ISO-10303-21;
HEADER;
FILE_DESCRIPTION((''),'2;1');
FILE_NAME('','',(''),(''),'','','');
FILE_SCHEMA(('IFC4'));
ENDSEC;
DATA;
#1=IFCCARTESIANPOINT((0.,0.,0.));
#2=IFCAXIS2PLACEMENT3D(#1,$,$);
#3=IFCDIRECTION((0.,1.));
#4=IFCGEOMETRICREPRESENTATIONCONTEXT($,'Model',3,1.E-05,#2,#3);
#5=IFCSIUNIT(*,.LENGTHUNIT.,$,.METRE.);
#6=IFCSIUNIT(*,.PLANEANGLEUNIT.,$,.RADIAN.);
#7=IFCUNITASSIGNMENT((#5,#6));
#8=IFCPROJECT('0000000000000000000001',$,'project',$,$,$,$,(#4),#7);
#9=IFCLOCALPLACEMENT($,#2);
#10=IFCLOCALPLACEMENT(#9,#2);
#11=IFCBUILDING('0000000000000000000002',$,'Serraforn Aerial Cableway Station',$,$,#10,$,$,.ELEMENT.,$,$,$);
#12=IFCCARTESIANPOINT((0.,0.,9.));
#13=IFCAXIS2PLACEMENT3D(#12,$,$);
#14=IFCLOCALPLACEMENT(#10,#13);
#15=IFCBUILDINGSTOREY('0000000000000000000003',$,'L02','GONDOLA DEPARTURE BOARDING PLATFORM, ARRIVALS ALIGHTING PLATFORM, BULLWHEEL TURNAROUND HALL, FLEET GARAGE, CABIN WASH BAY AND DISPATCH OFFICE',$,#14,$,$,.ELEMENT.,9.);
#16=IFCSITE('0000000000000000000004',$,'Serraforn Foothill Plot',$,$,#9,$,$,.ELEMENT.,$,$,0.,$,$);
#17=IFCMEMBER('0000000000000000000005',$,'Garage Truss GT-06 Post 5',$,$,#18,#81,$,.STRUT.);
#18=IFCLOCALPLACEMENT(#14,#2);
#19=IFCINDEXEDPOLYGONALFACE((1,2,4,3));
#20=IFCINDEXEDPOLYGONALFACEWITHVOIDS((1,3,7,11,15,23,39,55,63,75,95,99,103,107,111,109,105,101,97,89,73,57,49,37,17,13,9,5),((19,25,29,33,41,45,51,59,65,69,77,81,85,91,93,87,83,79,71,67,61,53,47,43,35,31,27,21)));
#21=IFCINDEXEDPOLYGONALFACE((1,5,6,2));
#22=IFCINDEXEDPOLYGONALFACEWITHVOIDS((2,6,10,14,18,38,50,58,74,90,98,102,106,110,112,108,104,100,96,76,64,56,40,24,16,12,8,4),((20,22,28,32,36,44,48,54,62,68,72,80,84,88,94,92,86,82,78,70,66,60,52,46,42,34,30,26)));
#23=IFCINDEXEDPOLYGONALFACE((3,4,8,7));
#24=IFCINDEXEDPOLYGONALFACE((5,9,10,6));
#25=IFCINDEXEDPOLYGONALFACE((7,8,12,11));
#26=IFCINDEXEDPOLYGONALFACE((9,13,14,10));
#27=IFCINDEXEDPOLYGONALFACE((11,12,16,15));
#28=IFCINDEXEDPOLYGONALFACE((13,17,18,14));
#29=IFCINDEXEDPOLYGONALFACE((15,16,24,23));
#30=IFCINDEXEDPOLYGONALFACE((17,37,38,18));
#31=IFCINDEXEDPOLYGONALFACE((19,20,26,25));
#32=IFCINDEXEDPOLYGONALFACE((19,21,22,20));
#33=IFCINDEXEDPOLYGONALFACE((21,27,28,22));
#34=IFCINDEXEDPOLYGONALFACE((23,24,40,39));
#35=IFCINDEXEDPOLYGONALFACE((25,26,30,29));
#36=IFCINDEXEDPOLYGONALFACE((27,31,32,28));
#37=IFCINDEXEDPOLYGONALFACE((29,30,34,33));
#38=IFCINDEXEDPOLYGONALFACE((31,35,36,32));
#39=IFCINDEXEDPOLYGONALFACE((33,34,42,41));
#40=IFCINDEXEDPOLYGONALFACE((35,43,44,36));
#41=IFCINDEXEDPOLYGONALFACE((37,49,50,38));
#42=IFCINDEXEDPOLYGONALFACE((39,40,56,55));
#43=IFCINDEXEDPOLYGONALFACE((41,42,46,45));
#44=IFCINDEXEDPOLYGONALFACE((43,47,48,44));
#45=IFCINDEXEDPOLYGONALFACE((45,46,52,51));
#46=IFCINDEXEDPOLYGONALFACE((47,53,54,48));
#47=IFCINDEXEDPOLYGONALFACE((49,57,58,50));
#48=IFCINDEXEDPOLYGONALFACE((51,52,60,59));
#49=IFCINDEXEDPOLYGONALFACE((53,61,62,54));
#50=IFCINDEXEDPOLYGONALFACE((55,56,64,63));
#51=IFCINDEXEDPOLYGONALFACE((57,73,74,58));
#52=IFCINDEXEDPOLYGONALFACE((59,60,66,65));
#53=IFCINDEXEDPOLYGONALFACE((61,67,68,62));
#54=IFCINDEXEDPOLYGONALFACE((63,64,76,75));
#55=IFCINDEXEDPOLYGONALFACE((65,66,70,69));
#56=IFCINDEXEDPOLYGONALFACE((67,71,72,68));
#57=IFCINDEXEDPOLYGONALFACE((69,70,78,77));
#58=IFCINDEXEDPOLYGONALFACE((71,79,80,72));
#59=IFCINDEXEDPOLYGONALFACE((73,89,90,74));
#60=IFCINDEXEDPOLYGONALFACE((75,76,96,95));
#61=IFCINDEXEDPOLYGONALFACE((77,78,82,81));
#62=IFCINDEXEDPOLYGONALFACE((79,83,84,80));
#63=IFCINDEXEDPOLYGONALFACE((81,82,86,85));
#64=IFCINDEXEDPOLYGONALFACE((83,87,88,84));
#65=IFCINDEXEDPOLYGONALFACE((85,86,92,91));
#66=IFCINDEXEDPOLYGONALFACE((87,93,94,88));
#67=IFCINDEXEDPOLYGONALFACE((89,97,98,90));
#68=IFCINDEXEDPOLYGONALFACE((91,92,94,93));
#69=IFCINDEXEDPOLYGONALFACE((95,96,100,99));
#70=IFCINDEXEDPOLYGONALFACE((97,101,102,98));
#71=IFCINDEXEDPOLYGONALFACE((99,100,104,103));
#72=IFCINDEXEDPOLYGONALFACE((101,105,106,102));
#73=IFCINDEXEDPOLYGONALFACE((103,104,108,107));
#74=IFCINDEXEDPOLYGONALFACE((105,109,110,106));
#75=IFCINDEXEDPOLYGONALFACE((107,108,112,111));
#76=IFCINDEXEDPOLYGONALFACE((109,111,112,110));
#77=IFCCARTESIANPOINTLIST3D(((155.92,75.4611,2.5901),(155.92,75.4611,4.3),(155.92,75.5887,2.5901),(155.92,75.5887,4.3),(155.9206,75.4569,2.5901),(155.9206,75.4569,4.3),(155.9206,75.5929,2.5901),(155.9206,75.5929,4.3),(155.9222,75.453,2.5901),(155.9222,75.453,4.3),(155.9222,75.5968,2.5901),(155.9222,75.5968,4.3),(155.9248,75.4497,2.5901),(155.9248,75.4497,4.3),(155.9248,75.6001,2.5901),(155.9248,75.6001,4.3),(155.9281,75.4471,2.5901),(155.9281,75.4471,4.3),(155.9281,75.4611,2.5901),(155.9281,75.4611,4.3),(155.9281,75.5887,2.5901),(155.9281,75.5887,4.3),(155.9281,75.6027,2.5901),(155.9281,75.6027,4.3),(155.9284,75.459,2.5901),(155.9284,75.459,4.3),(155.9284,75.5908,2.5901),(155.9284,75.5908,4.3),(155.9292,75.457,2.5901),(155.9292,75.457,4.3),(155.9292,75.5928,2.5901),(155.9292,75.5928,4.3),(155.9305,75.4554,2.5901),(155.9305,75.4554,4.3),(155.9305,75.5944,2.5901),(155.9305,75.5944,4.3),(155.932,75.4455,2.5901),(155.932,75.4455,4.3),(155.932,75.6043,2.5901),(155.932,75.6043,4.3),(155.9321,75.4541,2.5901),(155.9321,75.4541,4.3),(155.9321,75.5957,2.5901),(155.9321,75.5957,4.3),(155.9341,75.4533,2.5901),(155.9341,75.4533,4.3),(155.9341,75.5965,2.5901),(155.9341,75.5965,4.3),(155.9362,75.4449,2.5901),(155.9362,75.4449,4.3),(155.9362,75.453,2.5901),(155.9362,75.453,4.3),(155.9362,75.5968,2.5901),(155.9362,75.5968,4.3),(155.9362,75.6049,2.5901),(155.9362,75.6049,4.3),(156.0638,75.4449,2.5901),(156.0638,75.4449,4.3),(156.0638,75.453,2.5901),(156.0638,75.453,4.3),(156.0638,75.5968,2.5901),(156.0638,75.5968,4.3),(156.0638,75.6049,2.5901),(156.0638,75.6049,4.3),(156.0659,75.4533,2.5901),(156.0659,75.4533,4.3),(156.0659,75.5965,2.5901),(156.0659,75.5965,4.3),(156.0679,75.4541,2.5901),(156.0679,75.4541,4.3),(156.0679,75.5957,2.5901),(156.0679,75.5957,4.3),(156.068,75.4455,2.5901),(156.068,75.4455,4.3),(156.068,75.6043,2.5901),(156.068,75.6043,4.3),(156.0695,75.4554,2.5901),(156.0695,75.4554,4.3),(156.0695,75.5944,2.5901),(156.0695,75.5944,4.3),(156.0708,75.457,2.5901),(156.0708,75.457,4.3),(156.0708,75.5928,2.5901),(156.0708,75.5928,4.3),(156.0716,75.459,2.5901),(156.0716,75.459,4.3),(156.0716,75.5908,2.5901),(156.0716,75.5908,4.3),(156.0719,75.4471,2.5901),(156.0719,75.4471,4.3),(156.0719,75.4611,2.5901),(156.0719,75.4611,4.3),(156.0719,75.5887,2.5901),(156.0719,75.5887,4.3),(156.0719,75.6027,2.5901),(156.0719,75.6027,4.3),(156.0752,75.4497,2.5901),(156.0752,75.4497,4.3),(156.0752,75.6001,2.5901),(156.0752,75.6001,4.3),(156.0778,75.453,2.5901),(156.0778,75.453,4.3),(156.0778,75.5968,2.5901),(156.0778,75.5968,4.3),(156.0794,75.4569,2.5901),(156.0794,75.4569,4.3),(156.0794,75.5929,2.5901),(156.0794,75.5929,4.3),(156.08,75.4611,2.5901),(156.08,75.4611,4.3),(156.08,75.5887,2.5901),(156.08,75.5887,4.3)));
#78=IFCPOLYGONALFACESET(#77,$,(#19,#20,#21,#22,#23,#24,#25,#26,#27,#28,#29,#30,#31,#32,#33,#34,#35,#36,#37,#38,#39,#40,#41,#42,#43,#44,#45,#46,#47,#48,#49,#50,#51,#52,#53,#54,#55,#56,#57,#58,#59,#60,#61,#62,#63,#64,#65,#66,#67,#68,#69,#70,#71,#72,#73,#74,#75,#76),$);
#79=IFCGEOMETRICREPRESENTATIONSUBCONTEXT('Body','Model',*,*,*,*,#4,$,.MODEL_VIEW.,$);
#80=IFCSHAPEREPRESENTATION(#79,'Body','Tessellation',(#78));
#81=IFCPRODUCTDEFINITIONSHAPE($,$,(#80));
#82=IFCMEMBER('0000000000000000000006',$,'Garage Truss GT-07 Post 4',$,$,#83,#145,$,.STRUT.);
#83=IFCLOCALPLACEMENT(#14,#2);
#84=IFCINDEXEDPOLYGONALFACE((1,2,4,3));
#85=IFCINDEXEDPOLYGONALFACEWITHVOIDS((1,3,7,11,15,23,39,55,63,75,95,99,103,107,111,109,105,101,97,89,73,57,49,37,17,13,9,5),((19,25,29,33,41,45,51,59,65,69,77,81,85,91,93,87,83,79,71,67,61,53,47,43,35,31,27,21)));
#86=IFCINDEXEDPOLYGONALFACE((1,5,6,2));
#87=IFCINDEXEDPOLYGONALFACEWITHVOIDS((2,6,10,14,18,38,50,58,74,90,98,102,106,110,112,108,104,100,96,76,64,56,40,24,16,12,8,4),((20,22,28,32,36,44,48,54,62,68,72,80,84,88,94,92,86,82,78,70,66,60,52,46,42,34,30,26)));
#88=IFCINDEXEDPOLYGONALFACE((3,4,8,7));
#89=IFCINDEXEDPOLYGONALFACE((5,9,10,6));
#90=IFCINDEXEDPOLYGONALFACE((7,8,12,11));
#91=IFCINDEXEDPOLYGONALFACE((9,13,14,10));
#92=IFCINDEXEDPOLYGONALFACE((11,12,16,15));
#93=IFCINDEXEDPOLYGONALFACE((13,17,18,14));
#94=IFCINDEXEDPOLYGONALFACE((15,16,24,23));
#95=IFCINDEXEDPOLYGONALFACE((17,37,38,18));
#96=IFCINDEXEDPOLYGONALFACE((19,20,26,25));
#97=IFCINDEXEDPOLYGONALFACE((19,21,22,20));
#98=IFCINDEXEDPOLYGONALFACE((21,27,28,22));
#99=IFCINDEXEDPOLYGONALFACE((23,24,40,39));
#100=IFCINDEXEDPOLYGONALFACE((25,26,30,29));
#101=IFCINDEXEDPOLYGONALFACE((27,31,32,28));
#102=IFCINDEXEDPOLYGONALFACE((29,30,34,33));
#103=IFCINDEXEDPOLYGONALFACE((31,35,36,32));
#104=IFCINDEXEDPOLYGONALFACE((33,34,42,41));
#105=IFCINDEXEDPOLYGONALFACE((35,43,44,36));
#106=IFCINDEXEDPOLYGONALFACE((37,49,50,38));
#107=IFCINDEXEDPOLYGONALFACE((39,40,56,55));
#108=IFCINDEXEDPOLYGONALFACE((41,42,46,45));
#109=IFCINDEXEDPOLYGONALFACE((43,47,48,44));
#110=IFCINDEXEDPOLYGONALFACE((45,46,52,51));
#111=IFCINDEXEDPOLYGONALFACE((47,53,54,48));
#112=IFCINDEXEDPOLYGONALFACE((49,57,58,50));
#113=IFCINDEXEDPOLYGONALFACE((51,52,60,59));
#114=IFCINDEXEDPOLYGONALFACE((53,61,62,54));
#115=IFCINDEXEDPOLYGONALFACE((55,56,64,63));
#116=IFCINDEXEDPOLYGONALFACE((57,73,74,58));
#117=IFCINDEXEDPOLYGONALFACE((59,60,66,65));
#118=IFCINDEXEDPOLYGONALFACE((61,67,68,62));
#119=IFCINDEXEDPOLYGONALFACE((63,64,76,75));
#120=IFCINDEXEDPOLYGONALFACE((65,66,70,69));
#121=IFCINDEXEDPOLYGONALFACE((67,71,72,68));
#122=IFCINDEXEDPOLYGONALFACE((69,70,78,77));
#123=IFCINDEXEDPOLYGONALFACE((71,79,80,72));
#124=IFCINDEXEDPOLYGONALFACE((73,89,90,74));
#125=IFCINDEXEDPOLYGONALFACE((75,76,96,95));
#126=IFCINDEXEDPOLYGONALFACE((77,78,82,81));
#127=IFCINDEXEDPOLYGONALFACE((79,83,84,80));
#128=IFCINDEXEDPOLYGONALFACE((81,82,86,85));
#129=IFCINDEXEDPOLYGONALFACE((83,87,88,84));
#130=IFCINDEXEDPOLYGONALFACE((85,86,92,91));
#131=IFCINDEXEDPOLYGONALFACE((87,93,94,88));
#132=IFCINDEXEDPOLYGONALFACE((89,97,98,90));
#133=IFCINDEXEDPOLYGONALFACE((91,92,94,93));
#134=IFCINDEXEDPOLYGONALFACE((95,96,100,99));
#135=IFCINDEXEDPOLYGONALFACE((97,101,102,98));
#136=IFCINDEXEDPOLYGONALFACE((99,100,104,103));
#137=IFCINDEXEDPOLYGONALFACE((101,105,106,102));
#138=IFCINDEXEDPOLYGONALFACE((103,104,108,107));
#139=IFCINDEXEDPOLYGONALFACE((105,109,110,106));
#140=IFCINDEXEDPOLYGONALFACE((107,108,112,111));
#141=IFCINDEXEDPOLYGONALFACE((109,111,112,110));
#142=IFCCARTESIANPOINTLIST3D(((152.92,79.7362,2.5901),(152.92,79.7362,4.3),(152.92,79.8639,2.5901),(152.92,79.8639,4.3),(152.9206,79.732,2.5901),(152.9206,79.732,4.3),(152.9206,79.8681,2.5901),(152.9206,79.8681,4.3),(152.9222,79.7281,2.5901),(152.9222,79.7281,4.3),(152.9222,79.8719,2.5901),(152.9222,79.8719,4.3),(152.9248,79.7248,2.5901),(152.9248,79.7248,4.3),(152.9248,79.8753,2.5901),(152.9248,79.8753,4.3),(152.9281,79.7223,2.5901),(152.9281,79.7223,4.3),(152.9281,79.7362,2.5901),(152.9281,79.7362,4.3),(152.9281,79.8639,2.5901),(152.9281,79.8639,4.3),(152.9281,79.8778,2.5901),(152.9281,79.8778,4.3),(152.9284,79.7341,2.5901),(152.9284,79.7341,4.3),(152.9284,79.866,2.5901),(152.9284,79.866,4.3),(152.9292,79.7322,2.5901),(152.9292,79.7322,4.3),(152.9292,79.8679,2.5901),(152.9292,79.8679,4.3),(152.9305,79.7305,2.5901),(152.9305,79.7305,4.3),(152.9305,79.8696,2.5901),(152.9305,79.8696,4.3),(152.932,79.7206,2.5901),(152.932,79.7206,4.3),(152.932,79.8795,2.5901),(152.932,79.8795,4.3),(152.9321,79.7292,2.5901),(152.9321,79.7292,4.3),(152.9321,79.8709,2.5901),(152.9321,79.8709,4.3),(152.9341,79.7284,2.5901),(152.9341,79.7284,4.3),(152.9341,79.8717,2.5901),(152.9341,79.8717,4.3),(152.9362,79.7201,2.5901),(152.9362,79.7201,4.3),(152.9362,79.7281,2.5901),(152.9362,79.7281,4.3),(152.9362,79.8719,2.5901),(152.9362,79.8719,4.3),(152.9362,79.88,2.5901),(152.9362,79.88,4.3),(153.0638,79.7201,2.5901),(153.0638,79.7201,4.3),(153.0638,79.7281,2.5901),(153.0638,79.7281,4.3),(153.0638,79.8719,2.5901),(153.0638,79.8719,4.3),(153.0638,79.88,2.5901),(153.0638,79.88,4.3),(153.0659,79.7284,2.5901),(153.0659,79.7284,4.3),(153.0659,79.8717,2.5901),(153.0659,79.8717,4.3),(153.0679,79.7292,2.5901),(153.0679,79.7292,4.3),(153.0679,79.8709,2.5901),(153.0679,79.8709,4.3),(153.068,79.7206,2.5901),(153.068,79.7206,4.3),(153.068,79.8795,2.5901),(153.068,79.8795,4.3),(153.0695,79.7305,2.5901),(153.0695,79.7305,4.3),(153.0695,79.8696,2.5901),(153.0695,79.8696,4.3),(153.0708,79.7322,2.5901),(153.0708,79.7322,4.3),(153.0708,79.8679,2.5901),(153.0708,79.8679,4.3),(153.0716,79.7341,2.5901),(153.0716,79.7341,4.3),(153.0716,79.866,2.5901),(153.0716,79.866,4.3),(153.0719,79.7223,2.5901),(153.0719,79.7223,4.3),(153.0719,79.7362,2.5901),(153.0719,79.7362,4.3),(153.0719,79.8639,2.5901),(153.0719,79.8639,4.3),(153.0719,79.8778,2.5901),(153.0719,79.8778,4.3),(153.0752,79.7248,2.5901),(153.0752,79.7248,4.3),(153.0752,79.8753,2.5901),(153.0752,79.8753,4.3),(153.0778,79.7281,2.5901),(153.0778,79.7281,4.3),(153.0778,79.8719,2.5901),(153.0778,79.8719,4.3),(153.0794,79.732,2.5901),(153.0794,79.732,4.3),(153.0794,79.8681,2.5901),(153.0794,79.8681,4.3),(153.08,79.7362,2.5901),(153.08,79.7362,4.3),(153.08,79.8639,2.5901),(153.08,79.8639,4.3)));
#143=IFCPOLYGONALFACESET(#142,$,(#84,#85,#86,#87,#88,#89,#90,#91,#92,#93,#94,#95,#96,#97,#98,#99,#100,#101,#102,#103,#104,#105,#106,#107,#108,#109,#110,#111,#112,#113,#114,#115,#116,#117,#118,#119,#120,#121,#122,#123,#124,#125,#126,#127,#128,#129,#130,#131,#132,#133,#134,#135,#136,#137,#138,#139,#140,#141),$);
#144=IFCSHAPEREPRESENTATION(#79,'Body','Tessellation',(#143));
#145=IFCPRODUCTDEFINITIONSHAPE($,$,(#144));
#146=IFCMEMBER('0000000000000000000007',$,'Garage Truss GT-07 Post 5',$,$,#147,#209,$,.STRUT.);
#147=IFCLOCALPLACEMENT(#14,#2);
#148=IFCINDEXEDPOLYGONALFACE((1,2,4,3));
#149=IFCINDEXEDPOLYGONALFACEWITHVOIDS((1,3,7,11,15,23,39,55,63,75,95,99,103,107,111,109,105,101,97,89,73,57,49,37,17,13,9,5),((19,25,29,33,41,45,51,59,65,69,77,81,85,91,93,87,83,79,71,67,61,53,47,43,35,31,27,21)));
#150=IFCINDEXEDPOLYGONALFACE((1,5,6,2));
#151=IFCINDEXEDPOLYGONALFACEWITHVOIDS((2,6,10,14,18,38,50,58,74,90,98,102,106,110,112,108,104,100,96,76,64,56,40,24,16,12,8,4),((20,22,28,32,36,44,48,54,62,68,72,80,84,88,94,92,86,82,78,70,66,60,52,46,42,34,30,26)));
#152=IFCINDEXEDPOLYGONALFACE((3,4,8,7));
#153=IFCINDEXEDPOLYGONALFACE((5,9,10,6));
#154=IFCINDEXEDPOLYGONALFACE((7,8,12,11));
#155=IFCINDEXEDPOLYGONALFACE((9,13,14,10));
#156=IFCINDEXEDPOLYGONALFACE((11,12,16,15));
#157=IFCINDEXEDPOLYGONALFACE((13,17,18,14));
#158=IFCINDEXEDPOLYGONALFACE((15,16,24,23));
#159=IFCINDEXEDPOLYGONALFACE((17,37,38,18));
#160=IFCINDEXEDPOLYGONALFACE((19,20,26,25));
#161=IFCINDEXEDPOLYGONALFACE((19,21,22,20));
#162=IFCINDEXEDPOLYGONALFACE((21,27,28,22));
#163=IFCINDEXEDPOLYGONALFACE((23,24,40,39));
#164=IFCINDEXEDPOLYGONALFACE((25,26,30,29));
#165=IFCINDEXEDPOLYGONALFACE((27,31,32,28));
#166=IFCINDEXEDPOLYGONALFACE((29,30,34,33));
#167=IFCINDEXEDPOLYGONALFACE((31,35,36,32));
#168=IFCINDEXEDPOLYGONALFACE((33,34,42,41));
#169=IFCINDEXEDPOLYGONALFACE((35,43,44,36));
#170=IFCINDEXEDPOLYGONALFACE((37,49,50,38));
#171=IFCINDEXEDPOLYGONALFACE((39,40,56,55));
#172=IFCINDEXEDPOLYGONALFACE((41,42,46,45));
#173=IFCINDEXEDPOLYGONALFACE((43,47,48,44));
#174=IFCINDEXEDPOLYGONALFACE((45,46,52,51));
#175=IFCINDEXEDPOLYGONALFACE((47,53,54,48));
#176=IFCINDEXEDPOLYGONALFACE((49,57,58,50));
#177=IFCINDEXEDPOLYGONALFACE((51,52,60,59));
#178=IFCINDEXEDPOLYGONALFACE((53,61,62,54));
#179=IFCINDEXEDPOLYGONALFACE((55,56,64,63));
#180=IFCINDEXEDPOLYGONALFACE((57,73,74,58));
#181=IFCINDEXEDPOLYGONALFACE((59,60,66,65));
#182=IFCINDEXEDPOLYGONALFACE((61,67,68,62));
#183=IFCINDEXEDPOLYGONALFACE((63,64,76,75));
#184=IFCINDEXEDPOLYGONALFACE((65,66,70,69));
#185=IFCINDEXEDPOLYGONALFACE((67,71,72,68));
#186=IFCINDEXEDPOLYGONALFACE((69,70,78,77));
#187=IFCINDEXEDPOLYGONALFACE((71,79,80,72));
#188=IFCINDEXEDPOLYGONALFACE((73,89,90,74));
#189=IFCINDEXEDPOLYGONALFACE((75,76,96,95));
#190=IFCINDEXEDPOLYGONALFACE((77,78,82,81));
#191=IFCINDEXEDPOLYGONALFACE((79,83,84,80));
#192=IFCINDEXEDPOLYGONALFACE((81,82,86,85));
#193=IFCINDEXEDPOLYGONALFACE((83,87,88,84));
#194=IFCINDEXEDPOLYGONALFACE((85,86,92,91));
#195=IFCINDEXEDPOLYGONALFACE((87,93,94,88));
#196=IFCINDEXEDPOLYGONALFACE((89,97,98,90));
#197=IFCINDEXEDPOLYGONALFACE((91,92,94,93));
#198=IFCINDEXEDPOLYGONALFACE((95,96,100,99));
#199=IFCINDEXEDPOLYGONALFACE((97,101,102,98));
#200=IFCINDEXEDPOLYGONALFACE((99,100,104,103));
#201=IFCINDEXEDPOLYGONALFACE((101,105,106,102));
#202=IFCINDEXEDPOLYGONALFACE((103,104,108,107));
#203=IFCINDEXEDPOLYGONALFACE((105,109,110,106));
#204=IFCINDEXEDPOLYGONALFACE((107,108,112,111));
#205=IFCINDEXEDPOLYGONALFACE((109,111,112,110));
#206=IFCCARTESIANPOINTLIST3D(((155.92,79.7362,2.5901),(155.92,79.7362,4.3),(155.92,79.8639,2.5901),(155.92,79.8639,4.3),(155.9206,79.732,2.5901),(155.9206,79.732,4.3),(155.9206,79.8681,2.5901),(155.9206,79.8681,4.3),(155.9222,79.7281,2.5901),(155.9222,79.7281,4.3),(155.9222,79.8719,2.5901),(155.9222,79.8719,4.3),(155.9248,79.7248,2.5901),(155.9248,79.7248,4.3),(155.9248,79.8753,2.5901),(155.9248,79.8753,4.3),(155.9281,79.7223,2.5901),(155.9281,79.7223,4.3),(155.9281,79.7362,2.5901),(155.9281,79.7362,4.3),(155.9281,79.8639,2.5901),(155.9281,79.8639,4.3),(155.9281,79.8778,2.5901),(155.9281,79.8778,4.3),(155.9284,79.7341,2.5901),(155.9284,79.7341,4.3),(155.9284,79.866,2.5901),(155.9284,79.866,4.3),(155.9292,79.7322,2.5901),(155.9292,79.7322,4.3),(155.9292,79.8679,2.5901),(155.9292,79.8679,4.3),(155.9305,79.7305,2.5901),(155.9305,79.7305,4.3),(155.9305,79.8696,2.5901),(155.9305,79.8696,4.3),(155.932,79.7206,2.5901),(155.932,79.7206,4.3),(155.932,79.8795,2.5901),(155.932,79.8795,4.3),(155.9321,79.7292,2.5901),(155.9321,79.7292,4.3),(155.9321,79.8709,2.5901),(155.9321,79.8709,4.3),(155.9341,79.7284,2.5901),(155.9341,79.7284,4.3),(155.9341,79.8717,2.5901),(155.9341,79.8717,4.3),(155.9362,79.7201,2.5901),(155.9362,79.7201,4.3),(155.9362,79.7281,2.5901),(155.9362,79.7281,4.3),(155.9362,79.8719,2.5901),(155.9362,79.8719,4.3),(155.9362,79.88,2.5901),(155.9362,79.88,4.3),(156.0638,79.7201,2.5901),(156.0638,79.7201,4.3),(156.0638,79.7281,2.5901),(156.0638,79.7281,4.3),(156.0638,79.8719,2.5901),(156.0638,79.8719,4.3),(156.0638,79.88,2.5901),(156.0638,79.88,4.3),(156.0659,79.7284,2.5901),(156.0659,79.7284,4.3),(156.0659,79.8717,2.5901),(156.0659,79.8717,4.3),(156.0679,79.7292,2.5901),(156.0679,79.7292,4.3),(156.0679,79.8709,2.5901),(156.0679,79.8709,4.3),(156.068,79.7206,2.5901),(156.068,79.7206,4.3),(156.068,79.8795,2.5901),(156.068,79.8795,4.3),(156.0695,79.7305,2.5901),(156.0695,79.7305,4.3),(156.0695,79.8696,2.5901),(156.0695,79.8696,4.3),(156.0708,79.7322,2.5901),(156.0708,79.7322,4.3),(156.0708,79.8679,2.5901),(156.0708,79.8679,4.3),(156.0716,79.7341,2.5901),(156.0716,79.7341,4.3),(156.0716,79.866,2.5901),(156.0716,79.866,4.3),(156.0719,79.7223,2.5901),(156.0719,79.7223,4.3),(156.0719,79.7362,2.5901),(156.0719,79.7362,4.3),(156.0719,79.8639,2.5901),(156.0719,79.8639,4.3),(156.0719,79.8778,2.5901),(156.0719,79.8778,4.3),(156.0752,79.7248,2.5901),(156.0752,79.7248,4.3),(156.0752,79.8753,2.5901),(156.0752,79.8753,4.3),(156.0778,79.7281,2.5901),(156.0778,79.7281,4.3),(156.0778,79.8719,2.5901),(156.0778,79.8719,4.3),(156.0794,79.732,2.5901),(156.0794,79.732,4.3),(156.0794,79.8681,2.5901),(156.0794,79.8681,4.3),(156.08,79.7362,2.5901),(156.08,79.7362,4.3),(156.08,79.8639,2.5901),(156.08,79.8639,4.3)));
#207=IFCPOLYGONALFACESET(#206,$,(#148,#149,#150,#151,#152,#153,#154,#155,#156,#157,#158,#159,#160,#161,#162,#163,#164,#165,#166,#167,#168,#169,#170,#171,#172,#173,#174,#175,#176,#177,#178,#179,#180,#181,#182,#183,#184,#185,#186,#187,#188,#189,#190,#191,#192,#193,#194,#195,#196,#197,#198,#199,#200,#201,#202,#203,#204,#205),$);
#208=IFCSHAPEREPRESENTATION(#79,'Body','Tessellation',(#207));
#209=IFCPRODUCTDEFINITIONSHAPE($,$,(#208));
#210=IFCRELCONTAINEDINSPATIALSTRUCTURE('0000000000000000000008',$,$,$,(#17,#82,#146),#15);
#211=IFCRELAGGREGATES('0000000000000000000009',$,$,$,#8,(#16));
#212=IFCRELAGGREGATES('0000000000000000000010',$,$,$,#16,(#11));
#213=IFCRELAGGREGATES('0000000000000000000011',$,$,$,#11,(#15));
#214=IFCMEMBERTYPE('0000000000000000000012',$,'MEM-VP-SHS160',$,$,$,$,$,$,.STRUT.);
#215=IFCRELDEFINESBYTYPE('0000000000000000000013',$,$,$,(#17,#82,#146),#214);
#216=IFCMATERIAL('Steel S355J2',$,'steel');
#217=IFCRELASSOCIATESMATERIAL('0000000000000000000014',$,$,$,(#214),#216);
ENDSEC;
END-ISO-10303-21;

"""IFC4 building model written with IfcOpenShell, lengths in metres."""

from ifc_helpers import new_model, si_unit, direction, frame, origin, origin_2d, place, context, subcontext, project, spatial, hollow_rectangle, extrude, material, material_profile, profile_set, type_object, element, save


model = new_model("IFC4")

# Units and contexts
model_context = context("Model", 3, precision=1e-05, world=origin(), true_north=direction((0.0, 1.0)))
body_context = subcontext(model_context, "Body", "Model", "MODEL_VIEW")
ifc_project = project(units=[si_unit("LENGTHUNIT", "METRE"), si_unit("PLANEANGLEUNIT", "RADIAN")], contexts=[model_context])

# Site, building, storey
site_placement = place(None, origin())
site = spatial("IfcSite", under=ifc_project, at=site_placement, Name="Serraforn Foothill Plot", CompositionType="ELEMENT", RefElevation=0.0)
building_placement = place(site_placement, origin())
building = spatial("IfcBuilding", under=site, at=building_placement, Name="Serraforn Aerial Cableway Station", CompositionType="ELEMENT")
storey_placement = place(building_placement, frame((0.0, 0.0, 9.0)))
storey = spatial("IfcBuildingStorey", under=building, at=storey_placement, Name="L02", Description="GONDOLA DEPARTURE BOARDING PLATFORM, ARRIVALS ALIGHTING PLATFORM, BULLWHEEL TURNAROUND HALL, FLEET GARAGE, CABIN WASH BAY AND DISPATCH OFFICE", CompositionType="ELEMENT", Elevation=9.0)

# Members
ifc_material_1 = material(Name="Steel S355J2", Category="steel")
ifc_material_profile_1 = material_profile(ifc_material_1, hollow_rectangle(XDim=0.1599, YDim=0.1599, WallThickness=0.0081, InnerFilletRadius=0.0081, OuterFilletRadius=0.0161, at=origin_2d()), Name="SHS 160x160x8.0")
ifc_profile_set_1 = profile_set([ifc_material_profile_1], Name="Steel S355J2")
member_type_1 = type_object("IfcMemberType", Name="MEM-VP-SHS160", PredefinedType="STRUT", material=ifc_profile_set_1)
for number, where, z_axis, x_axis, name in (
    (1, (156.0, 75.5249, 2.5901), (0.0, 0.0, 1.0), (1.0, 0.0, 0.0), "Garage Truss GT-06 Post 5"),
    (2, (153.0, 79.8, 2.5901), (0.0, 0.0, 1.0), (1.0, 0.0, 0.0), "Garage Truss GT-07 Post 4"),
    (3, (156.0, 79.8, 2.5901), (0.0, 0.0, 1.0), (1.0, 0.0, 0.0), "Garage Truss GT-07 Post 5"),
):
    element("IfcMember", number, at=place(storey_placement, frame(where, z_axis=z_axis, x_axis=x_axis)), inside=storey, type_object=member_type_1, Name=name, PredefinedType="STRUT", context=body_context, shape_type="SweptSolid", body=[
        extrude(hollow_rectangle(XDim=0.1599, YDim=0.1599, WallThickness=0.0081, InnerFilletRadius=0.0081, OuterFilletRadius=0.0161, at=origin_2d()), origin(), (0.0, 0.0, 1.0), 1.71),
    ])

save(model, "model.ifc")
